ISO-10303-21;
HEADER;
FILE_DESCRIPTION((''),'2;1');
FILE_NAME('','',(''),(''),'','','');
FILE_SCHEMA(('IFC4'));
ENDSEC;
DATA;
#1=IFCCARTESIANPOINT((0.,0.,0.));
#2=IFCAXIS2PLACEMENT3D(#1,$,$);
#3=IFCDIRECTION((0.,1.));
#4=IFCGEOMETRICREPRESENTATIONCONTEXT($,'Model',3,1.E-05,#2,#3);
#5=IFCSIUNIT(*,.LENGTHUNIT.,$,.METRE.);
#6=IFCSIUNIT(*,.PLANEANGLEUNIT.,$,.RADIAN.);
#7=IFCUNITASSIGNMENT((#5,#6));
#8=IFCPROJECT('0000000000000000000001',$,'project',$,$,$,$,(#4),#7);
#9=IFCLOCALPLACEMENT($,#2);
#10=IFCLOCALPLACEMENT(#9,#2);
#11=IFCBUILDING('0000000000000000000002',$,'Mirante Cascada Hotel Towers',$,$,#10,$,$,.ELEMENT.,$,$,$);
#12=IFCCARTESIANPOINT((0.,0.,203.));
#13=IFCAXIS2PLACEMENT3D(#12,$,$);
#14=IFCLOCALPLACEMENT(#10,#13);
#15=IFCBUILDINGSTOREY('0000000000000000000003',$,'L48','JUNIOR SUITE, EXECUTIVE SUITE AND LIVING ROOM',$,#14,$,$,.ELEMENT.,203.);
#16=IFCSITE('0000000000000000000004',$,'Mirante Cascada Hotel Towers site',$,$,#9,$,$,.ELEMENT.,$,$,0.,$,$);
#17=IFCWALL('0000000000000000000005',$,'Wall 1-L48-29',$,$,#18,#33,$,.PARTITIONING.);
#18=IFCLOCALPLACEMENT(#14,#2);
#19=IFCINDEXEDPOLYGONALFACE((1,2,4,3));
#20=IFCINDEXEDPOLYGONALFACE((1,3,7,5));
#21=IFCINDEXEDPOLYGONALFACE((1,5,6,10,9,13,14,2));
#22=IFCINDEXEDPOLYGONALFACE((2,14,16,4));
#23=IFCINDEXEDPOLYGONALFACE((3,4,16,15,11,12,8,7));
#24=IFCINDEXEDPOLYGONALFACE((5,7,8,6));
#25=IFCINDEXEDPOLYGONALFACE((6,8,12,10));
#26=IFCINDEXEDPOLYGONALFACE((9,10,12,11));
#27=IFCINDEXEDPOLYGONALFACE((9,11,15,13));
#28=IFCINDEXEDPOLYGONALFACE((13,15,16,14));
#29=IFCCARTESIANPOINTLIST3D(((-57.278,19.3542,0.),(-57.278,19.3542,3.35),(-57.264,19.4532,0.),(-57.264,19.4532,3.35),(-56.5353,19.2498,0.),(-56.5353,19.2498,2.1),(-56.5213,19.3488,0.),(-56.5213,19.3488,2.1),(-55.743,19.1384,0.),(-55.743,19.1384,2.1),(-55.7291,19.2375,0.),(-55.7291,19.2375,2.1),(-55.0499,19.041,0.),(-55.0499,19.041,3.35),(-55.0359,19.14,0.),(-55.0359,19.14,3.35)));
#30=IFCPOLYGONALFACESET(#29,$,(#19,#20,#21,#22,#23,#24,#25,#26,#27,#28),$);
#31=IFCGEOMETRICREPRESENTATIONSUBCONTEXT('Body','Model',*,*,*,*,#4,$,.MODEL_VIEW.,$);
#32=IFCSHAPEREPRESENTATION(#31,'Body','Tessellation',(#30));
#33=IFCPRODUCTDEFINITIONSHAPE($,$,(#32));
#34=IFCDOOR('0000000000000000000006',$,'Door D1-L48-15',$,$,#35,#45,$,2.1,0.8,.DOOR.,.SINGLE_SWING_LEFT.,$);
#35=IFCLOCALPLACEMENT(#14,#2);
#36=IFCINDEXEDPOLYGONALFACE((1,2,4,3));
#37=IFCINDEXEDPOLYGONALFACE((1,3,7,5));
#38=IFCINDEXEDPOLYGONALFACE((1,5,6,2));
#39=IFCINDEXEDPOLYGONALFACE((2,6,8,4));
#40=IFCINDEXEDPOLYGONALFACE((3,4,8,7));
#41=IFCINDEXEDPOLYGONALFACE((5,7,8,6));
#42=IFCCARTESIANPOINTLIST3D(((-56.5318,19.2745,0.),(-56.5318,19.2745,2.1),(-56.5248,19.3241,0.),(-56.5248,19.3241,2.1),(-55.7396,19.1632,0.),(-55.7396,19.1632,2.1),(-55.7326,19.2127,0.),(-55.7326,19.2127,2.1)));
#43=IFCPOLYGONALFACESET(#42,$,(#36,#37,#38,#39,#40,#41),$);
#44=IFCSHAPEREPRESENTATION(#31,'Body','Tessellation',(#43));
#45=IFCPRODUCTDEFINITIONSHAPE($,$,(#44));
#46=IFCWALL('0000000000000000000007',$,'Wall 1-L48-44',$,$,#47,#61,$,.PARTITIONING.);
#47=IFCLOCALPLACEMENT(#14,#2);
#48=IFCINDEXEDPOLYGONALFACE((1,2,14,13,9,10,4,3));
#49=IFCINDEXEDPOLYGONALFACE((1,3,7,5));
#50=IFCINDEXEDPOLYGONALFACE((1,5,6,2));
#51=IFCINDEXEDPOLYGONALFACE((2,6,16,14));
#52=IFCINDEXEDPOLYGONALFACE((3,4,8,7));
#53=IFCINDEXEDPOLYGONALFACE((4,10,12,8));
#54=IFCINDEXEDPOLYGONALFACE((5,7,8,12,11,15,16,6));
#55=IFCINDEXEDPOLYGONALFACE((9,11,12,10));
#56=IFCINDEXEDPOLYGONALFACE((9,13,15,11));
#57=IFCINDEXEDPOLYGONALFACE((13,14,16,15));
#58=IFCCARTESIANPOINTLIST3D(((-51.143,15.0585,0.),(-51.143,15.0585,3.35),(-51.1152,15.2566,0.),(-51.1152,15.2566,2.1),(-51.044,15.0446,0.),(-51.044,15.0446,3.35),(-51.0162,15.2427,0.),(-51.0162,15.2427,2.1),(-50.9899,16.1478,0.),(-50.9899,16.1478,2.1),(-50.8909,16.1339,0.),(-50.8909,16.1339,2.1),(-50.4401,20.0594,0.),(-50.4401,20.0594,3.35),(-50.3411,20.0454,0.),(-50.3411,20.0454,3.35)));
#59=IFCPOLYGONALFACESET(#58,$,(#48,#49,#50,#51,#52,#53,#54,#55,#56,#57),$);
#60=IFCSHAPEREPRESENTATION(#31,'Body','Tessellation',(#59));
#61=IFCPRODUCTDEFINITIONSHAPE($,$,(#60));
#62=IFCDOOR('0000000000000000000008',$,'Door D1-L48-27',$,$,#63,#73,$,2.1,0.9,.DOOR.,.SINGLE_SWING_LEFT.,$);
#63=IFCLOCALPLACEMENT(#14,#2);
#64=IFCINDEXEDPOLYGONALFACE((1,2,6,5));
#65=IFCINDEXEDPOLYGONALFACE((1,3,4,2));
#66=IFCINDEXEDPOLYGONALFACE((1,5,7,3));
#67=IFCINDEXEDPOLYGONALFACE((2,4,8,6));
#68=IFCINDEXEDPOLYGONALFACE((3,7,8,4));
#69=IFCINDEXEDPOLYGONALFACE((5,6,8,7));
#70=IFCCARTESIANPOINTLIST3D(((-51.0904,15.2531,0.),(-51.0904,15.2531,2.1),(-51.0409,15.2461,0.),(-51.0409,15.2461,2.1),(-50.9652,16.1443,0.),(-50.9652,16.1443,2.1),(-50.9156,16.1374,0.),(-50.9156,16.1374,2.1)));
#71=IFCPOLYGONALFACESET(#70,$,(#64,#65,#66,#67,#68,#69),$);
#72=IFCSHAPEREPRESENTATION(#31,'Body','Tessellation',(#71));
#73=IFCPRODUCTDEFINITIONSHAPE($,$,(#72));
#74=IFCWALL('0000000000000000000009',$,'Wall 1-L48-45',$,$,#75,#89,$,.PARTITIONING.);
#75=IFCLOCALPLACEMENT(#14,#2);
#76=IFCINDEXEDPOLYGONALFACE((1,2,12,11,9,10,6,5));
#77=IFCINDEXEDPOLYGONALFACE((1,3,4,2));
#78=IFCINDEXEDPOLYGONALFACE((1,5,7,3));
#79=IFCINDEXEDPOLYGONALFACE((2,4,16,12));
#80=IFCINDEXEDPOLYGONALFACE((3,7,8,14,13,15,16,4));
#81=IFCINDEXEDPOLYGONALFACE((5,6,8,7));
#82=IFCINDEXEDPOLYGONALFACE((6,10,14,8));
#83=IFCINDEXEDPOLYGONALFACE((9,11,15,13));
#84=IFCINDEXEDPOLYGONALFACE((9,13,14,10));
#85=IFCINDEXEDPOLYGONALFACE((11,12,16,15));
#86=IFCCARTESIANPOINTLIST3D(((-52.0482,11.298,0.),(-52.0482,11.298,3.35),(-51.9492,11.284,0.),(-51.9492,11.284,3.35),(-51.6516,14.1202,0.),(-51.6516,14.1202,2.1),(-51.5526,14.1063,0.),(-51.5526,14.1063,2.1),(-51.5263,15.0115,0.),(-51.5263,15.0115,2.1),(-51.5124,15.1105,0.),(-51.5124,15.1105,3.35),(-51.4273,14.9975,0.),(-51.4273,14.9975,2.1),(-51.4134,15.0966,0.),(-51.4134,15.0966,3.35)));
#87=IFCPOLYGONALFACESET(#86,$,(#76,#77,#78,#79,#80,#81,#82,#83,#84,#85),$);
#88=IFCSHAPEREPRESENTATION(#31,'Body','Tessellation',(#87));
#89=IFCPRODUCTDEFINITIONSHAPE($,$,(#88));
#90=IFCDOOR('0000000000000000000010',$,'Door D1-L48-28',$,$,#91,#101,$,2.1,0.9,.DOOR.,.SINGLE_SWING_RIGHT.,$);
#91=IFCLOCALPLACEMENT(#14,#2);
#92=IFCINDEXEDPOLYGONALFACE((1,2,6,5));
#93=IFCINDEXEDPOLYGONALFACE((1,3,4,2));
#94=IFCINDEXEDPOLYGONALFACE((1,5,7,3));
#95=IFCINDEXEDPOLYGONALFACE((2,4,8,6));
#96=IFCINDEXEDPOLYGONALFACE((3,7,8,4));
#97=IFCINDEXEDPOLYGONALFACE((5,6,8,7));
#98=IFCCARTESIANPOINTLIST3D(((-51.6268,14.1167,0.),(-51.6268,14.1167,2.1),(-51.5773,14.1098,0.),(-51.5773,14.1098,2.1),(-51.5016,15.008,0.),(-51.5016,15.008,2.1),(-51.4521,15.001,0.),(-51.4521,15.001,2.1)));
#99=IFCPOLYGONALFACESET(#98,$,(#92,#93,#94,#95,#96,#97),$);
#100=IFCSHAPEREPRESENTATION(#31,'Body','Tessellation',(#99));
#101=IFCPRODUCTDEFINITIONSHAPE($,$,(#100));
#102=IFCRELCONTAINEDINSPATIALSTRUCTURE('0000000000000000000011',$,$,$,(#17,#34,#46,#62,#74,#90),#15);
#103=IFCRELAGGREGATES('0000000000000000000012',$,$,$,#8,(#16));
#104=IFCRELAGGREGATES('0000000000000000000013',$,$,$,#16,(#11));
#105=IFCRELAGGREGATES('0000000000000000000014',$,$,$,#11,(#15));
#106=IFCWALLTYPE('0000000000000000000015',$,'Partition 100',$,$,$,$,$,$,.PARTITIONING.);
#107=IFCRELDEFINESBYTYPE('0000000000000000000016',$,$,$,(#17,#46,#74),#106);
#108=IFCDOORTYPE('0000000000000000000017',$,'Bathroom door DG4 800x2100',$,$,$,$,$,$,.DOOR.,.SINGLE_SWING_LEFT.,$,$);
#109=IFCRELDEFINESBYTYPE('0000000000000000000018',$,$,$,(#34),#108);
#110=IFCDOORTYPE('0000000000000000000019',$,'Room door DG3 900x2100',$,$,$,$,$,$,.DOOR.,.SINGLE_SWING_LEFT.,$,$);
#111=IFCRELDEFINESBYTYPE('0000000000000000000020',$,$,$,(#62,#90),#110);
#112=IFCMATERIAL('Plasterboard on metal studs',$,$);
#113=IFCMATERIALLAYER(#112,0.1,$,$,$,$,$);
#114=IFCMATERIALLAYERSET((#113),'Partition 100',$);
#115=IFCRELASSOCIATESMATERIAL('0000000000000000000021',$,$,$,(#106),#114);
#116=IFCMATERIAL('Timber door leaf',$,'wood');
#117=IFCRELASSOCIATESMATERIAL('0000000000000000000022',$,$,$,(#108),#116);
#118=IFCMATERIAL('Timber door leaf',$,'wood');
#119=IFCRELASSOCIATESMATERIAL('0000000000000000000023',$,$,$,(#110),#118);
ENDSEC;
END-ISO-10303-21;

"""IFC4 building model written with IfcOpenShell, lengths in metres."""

from ifc_helpers import new_model, si_unit, direction, frame, frame_2d, origin, place, context, subcontext, project, spatial, rectangle, extrude, material, layer, layer_set, type_object, element, fill, save


model = new_model("IFC4")

# Units and contexts
model_context = context("Model", 3, precision=1e-05, world=origin(), true_north=direction((0.0, 1.0)))
body_context = subcontext(model_context, "Body", "Model", "MODEL_VIEW")
ifc_project = project(units=[si_unit("LENGTHUNIT", "METRE"), si_unit("PLANEANGLEUNIT", "RADIAN")], contexts=[model_context])

# Site, building, storey
site_placement = place(None, origin())
site = spatial("IfcSite", under=ifc_project, at=site_placement, Name="Mirante Cascada Hotel Towers site", CompositionType="ELEMENT", RefElevation=0.0)
building_placement = place(site_placement, origin())
building = spatial("IfcBuilding", under=site, at=building_placement, Name="Mirante Cascada Hotel Towers", CompositionType="ELEMENT")
storey_placement = place(building_placement, frame((0.0, 0.0, 203.0)))
storey = spatial("IfcBuildingStorey", under=building, at=storey_placement, Name="L48", Description="JUNIOR SUITE, EXECUTIVE SUITE AND LIVING ROOM", CompositionType="ELEMENT", Elevation=203.0)

# Shared definitions
ifc_material_1 = material(Name="Plasterboard on metal studs")
ifc_layer_1 = layer(ifc_material_1, 0.1)
ifc_layer_set_1 = layer_set([ifc_layer_1], Name="Partition 100")
wall_type_1 = type_object("IfcWallType", Name="Partition 100", PredefinedType="PARTITIONING", material=ifc_layer_set_1)
ifc_material_2 = material(Name="Timber door leaf", Category="wood")
door_type_1 = type_object("IfcDoorType", Name="Bathroom door DG4 800x2100", OperationType="SINGLE_SWING_LEFT", PredefinedType="DOOR", material=ifc_material_2)

# Walls, openings, doors
wall_1_placement = place(storey_placement, frame((-55.0429, 19.0905, 0.0), z_axis=(0.0, 0.0, 1.0), x_axis=(-0.990264, 0.1392, 0.0)))
wall_1 = element("IfcWall", 1, at=wall_1_placement, inside=storey, type_object=wall_type_1, Name="Wall 1-L48-29", PredefinedType="PARTITIONING", context=body_context, shape_type="SweptSolid", body=[
    extrude(rectangle(XDim=2.25, YDim=0.1, at=frame_2d((1.125, 0.0))), origin(), (0.0, 0.0, 1.0), 3.35),
])
opening_1_placement = place(wall_1_placement, frame((0.7, 0.0, 0.0)))
opening_1 = element("IfcOpeningElement", 2, at=opening_1_placement, cuts=wall_1, PredefinedType="OPENING", context=body_context, shape_type="SweptSolid", body=[
    extrude(rectangle(XDim=0.8, YDim=2.1, at=frame_2d((0.4, 1.05))), frame((0.0, 0.05, 0.0), z_axis=(0.0, -1.0, 0.0), x_axis=(1.0, 0.0, 0.0)), (0.0, 0.0, 1.0), 0.1),
])
door_1_placement = place(opening_1_placement, origin())
door_1 = element("IfcDoor", 3, at=door_1_placement, inside=storey, type_object=door_type_1, Name="Door D1-L48-15", OperationType="SINGLE_SWING_LEFT", OverallHeight=2.1, OverallWidth=0.8, PredefinedType="DOOR", context=body_context, shape_type="SweptSolid", body=[
    extrude(rectangle(XDim=0.8, YDim=2.1, at=frame_2d((0.4, 1.05))), frame((0.0, 0.025, 0.0), z_axis=(0.0, -1.0, 0.0), x_axis=(1.0, 0.0, 0.0)), (0.0, 0.0, 1.0), 0.05),
])
fill(opening_1, door_1)
wall_2_placement = place(storey_placement, frame((-50.3906, 20.0524, 0.0), z_axis=(0.0, 0.0, 1.0), x_axis=(-0.139189, -0.990266, 0.0)))
wall_2 = element("IfcWall", 4, at=wall_2_placement, inside=storey, type_object=wall_type_1, Name="Wall 1-L48-44", PredefinedType="PARTITIONING", context=body_context, shape_type="SweptSolid", body=[
    extrude(rectangle(XDim=5.05, YDim=0.1, at=frame_2d((2.525, 0.0))), origin(), (0.0, 0.0, 1.0), 3.35),
])
opening_2_placement = place(wall_2_placement, frame((3.95, 0.0, 0.0)))
opening_2 = element("IfcOpeningElement", 5, at=opening_2_placement, cuts=wall_2, PredefinedType="OPENING", context=body_context, shape_type="SweptSolid", body=[
    extrude(rectangle(XDim=0.9, YDim=2.1, at=frame_2d((0.45, 1.05))), frame((0.0, 0.05, 0.0), z_axis=(0.0, -1.0, 0.0), x_axis=(1.0, 0.0, 0.0)), (0.0, 0.0, 1.0), 0.1),
])
ifc_material_3 = material(Name="Timber door leaf", Category="wood")
door_type_2 = type_object("IfcDoorType", Name="Room door DG3 900x2100", OperationType="SINGLE_SWING_LEFT", PredefinedType="DOOR", material=ifc_material_3)
door_2_placement = place(opening_2_placement, origin())
door_2 = element("IfcDoor", 6, at=door_2_placement, inside=storey, type_object=door_type_2, Name="Door D1-L48-27", OperationType="SINGLE_SWING_LEFT", OverallHeight=2.1, OverallWidth=0.9, PredefinedType="DOOR", context=body_context, shape_type="SweptSolid", body=[
    extrude(rectangle(XDim=0.9, YDim=2.1, at=frame_2d((0.45, 1.05))), frame((0.0, 0.025, 0.0), z_axis=(0.0, -1.0, 0.0), x_axis=(1.0, 0.0, 0.0)), (0.0, 0.0, 1.0), 0.05),
])
fill(opening_2, door_2)
wall_3_placement = place(storey_placement, frame((-51.9987, 11.291, 0.0), z_axis=(0.0, 0.0, 1.0), x_axis=(0.13917, 0.990268, 0.0)))
wall_3 = element("IfcWall", 7, at=wall_3_placement, inside=storey, type_object=wall_type_1, Name="Wall 1-L48-45", PredefinedType="PARTITIONING", context=body_context, shape_type="SweptSolid", body=[
    extrude(rectangle(XDim=3.85, YDim=0.1, at=frame_2d((1.925, 0.0))), origin(), (0.0, 0.0, 1.0), 3.35),
])
opening_3_placement = place(wall_3_placement, frame((2.85, 0.0, 0.0)))
opening_3 = element("IfcOpeningElement", 8, at=opening_3_placement, cuts=wall_3, PredefinedType="OPENING", context=body_context, shape_type="SweptSolid", body=[
    extrude(rectangle(XDim=0.9, YDim=2.1, at=frame_2d((0.45, 1.05))), frame((0.0, 0.05, 0.0), z_axis=(0.0, -1.0, 0.0), x_axis=(1.0, 0.0, 0.0)), (0.0, 0.0, 1.0), 0.1),
])
door_3_placement = place(opening_3_placement, frame((0.9, 0.0, 0.0), z_axis=(0.0, 0.0, 1.0), x_axis=(-1.0, 0.0, 0.0)))
door_3 = element("IfcDoor", 9, at=door_3_placement, inside=storey, type_object=door_type_2, Name="Door D1-L48-28", OperationType="SINGLE_SWING_RIGHT", OverallHeight=2.1, OverallWidth=0.9, PredefinedType="DOOR", context=body_context, shape_type="SweptSolid", body=[
    extrude(rectangle(XDim=0.9, YDim=2.1, at=frame_2d((0.45, 1.05))), frame((0.0, 0.025, 0.0), z_axis=(0.0, -1.0, 0.0), x_axis=(1.0, 0.0, 0.0)), (0.0, 0.0, 1.0), 0.05),
])
fill(opening_3, door_3)

save(model, "model.ifc")
